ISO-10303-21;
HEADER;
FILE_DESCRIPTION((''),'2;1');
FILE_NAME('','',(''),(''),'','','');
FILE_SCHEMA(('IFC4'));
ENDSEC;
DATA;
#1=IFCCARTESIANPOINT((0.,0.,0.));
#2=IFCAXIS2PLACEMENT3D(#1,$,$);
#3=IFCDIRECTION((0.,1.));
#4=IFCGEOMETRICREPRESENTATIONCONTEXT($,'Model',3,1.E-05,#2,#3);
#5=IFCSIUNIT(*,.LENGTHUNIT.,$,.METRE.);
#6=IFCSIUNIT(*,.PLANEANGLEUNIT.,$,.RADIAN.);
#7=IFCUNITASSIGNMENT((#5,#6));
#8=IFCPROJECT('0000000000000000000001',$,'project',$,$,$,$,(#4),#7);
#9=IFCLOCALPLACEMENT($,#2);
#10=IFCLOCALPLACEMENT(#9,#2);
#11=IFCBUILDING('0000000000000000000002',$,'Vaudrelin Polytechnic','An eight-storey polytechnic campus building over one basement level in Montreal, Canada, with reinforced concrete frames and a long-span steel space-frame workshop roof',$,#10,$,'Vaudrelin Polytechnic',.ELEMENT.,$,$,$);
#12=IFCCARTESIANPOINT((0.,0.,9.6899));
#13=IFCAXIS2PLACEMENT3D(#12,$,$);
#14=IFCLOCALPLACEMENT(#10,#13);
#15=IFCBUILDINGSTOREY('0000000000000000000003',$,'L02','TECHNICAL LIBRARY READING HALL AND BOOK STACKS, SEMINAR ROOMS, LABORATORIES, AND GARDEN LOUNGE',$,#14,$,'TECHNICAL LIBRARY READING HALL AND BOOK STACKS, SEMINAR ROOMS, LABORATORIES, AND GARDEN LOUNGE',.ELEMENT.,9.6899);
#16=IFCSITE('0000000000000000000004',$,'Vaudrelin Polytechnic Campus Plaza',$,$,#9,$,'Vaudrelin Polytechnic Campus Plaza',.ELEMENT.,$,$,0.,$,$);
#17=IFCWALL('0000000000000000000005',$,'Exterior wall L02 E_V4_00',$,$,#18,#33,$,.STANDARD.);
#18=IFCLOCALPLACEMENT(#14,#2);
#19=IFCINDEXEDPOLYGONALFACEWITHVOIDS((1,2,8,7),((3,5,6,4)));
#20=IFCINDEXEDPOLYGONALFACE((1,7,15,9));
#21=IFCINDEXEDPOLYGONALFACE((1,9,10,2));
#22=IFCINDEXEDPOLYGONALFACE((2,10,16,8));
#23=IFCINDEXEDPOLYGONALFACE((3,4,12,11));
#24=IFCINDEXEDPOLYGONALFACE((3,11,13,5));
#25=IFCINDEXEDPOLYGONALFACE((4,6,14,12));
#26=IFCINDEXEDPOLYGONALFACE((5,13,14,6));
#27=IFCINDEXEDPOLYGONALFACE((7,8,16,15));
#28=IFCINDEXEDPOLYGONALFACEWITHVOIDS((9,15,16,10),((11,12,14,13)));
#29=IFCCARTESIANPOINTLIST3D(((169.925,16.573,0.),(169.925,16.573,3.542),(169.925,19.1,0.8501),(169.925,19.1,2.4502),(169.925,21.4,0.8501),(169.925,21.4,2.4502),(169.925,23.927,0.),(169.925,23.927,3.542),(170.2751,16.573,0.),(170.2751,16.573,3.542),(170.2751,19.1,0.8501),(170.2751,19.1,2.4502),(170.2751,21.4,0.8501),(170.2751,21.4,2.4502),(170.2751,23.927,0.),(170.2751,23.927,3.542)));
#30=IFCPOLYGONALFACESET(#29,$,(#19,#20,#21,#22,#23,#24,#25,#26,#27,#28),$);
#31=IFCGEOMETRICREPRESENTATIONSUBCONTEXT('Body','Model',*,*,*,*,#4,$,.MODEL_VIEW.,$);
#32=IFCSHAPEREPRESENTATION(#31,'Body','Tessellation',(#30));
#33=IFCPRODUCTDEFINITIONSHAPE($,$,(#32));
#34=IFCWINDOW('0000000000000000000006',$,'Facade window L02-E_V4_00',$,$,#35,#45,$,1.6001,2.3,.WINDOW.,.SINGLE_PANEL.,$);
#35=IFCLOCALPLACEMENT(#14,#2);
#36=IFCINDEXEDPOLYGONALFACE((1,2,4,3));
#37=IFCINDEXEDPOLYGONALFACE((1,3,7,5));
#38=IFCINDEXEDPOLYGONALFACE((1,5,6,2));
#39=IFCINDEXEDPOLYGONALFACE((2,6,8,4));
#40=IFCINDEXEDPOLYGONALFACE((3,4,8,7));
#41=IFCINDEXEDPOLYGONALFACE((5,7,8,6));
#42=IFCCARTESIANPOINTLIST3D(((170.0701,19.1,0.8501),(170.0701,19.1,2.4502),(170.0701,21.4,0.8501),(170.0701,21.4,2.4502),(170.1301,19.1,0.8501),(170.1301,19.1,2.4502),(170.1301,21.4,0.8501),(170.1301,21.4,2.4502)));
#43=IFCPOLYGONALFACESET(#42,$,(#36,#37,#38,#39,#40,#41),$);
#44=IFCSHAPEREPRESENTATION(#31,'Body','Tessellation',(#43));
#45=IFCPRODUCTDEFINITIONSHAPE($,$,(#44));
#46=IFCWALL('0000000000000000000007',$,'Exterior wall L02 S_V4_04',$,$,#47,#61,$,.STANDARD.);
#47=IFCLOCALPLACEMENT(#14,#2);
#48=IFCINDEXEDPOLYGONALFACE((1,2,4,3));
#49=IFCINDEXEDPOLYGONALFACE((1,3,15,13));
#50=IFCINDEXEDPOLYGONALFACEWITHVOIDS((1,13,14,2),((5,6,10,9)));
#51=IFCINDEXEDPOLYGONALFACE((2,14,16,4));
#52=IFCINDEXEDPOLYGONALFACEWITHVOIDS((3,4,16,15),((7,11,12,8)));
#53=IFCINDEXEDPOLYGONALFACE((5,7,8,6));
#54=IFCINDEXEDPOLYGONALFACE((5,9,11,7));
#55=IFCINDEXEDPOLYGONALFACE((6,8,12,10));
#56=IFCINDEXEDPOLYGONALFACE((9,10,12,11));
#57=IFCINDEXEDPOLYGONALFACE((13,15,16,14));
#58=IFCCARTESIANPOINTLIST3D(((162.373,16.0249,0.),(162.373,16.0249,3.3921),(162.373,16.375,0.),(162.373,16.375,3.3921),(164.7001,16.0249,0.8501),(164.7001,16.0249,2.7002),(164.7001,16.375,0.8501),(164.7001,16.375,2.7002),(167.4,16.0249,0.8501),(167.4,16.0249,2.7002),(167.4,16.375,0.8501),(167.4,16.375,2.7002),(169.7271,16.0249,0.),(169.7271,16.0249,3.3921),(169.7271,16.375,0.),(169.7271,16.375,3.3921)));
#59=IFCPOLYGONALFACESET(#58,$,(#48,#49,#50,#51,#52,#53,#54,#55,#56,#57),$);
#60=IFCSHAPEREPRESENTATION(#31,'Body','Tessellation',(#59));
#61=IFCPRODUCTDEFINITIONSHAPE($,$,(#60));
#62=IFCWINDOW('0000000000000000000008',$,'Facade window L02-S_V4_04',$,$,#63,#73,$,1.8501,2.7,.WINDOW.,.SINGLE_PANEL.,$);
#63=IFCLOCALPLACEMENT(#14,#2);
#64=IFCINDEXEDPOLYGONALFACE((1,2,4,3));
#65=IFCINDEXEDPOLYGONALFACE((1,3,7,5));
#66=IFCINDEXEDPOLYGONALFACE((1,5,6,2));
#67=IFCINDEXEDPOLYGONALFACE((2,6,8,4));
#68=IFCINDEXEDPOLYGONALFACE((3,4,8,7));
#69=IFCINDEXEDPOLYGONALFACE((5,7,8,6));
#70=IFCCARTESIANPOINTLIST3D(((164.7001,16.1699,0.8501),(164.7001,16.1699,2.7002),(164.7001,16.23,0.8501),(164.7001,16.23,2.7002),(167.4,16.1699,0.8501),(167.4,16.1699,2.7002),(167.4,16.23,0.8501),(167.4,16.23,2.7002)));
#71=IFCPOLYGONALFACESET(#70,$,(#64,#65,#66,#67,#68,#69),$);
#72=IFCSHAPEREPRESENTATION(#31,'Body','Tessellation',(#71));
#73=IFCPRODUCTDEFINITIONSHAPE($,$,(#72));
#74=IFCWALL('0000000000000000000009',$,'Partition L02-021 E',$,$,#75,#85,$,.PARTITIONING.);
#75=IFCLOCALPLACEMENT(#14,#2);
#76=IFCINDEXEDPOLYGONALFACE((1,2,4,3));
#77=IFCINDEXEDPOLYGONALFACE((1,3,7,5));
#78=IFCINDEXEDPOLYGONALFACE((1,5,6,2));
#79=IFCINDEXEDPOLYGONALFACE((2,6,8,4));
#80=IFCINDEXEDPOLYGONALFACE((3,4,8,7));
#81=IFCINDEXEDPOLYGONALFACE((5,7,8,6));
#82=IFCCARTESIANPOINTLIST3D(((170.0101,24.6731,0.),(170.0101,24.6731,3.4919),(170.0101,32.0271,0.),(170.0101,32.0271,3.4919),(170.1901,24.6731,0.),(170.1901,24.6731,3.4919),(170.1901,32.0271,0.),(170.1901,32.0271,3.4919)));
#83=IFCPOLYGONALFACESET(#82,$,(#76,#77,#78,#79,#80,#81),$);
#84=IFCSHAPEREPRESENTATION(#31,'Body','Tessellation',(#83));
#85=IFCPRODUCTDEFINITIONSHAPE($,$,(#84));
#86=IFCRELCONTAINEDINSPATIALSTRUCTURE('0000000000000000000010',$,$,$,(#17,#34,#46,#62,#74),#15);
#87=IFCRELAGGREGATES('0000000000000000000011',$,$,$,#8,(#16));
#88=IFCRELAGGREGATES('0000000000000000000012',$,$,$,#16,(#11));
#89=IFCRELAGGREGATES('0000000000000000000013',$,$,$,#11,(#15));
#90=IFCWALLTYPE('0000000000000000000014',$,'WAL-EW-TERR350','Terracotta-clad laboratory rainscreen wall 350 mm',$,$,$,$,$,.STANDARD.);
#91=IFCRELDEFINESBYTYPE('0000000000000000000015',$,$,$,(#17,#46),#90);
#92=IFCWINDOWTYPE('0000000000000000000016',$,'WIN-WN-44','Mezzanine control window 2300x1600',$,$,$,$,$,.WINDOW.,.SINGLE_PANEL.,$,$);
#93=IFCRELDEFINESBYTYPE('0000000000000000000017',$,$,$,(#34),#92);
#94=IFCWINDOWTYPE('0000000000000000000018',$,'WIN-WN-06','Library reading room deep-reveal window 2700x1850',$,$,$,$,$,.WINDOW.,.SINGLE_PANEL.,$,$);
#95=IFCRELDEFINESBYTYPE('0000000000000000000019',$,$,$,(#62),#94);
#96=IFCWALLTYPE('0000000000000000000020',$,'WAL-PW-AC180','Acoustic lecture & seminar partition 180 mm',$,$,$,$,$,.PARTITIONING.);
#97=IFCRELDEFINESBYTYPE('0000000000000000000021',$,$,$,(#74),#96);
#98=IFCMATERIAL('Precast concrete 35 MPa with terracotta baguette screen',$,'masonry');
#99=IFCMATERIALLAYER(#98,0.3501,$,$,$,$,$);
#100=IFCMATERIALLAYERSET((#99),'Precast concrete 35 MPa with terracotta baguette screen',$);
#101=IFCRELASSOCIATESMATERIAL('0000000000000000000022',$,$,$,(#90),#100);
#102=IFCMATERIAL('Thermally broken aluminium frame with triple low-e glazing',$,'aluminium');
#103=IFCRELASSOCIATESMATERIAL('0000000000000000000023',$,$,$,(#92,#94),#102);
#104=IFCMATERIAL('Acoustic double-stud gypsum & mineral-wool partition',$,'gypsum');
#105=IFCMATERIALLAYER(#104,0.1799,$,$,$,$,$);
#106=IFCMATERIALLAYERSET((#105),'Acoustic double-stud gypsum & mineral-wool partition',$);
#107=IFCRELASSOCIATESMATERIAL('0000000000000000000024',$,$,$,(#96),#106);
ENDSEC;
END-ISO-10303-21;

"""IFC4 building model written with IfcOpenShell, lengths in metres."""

from ifc_helpers import new_model, si_unit, direction, frame, frame_2d, origin, place, context, subcontext, project, spatial, rectangle, extrude, material, layer, layer_set, type_object, element, fill, save


model = new_model("IFC4")

# Units and contexts
model_context = context("Model", 3, precision=1e-05, world=origin(), true_north=direction((0.0, 1.0)))
body_context = subcontext(model_context, "Body", "Model", "MODEL_VIEW")
ifc_project = project(units=[si_unit("LENGTHUNIT", "METRE"), si_unit("PLANEANGLEUNIT", "RADIAN")], contexts=[model_context])

# Site, building, storey
site_placement = place(None, origin())
site = spatial("IfcSite", under=ifc_project, at=site_placement, Name="Vaudrelin Polytechnic Campus Plaza", LongName="Vaudrelin Polytechnic Campus Plaza", CompositionType="ELEMENT", RefElevation=0.0)
building_placement = place(site_placement, origin())
building = spatial("IfcBuilding", under=site, at=building_placement, Name="Vaudrelin Polytechnic", Description="An eight-storey polytechnic campus building over one basement level in Montreal, Canada, with reinforced concrete frames and a long-span steel space-frame workshop roof", LongName="Vaudrelin Polytechnic", CompositionType="ELEMENT")
storey_placement = place(building_placement, frame((0.0, 0.0, 9.6899)))
storey = spatial("IfcBuildingStorey", under=building, at=storey_placement, Name="L02", Description="TECHNICAL LIBRARY READING HALL AND BOOK STACKS, SEMINAR ROOMS, LABORATORIES, AND GARDEN LOUNGE", LongName="TECHNICAL LIBRARY READING HALL AND BOOK STACKS, SEMINAR ROOMS, LABORATORIES, AND GARDEN LOUNGE", CompositionType="ELEMENT", Elevation=9.6899)

# Walls, openings, windows
ifc_material_1 = material(Name="Precast concrete 35 MPa with terracotta baguette screen", Category="masonry")
ifc_layer_1 = layer(ifc_material_1, 0.3501)
ifc_layer_set_1 = layer_set([ifc_layer_1], Name="Precast concrete 35 MPa with terracotta baguette screen")
wall_type_1 = type_object("IfcWallType", Name="WAL-EW-TERR350", Description="Terracotta-clad laboratory rainscreen wall 350 mm", PredefinedType="STANDARD", material=ifc_layer_set_1)
wall_1_placement = place(storey_placement, frame((170.1001, 16.573, 0.0), z_axis=(0.0, 0.0, 1.0), x_axis=(0.0, 1.0, 0.0)))
wall_1 = element("IfcWall", 1, at=wall_1_placement, inside=storey, type_object=wall_type_1, Name="Exterior wall L02 E_V4_00", PredefinedType="STANDARD", context=body_context, shape_type="SweptSolid", body=[
    extrude(rectangle(XDim=7.354, YDim=0.3501, at=frame_2d((3.677, 0.0))), origin(), (0.0, 0.0, 1.0), 3.542),
])
opening_1_placement = place(wall_1_placement, frame((2.5271, 0.0, 0.8501)))
opening_1 = element("IfcOpeningElement", 2, at=opening_1_placement, cuts=wall_1, PredefinedType="OPENING", context=body_context, shape_type="SweptSolid", body=[
    extrude(rectangle(XDim=2.3, YDim=1.6001, at=frame_2d((1.1499, 0.8))), frame((0.0, 0.1851, 0.0), z_axis=(0.0, -1.0, 0.0), x_axis=(1.0, 0.0, 0.0)), (0.0, 0.0, 1.0), 0.3701),
])
ifc_material_2 = material(Name="Thermally broken aluminium frame with triple low-e glazing", Category="aluminium")
window_type_1 = type_object("IfcWindowType", Name="WIN-WN-44", Description="Mezzanine control window 2300x1600", PartitioningType="SINGLE_PANEL", PredefinedType="WINDOW", material=ifc_material_2)
window_1_placement = place(opening_1_placement, origin())
window_1 = element("IfcWindow", 3, at=window_1_placement, inside=storey, type_object=window_type_1, Name="Facade window L02-E_V4_00", OverallHeight=1.6001, OverallWidth=2.3, PartitioningType="SINGLE_PANEL", PredefinedType="WINDOW", context=body_context, shape_type="SweptSolid", body=[
    extrude(rectangle(XDim=2.3, YDim=1.6001, at=frame_2d((1.1499, 0.8))), frame((0.0, 0.03, 0.0), z_axis=(0.0, -1.0, 0.0), x_axis=(1.0, 0.0, 0.0)), (0.0, 0.0, 1.0), 0.0601),
])
fill(opening_1, window_1)
wall_2_placement = place(storey_placement, frame((162.373, 16.2, 0.0), z_axis=(0.0, 0.0, 1.0), x_axis=(1.0, 0.0, 0.0)))
wall_2 = element("IfcWall", 4, at=wall_2_placement, inside=storey, type_object=wall_type_1, Name="Exterior wall L02 S_V4_04", PredefinedType="STANDARD", context=body_context, shape_type="SweptSolid", body=[
    extrude(rectangle(XDim=7.354, YDim=0.3501, at=frame_2d((3.677, 0.0))), origin(), (0.0, 0.0, 1.0), 3.3921),
])
opening_2_placement = place(wall_2_placement, frame((2.3269, 0.0, 0.8501)))
opening_2 = element("IfcOpeningElement", 5, at=opening_2_placement, cuts=wall_2, PredefinedType="OPENING", context=body_context, shape_type="SweptSolid", body=[
    extrude(rectangle(XDim=2.7, YDim=1.8501, at=frame_2d((1.3501, 0.925))), frame((0.0, 0.1851, 0.0), z_axis=(0.0, -1.0, 0.0), x_axis=(1.0, 0.0, 0.0)), (0.0, 0.0, 1.0), 0.3701),
])
window_type_2 = type_object("IfcWindowType", Name="WIN-WN-06", Description="Library reading room deep-reveal window 2700x1850", PartitioningType="SINGLE_PANEL", PredefinedType="WINDOW", material=ifc_material_2)
window_2_placement = place(opening_2_placement, origin())
window_2 = element("IfcWindow", 6, at=window_2_placement, inside=storey, type_object=window_type_2, Name="Facade window L02-S_V4_04", OverallHeight=1.8501, OverallWidth=2.7, PartitioningType="SINGLE_PANEL", PredefinedType="WINDOW", context=body_context, shape_type="SweptSolid", body=[
    extrude(rectangle(XDim=2.7, YDim=1.8501, at=frame_2d((1.3501, 0.925))), frame((0.0, 0.03, 0.0), z_axis=(0.0, -1.0, 0.0), x_axis=(1.0, 0.0, 0.0)), (0.0, 0.0, 1.0), 0.0601),
])
fill(opening_2, window_2)

# Wall
ifc_material_3 = material(Name="Acoustic double-stud gypsum & mineral-wool partition", Category="gypsum")
ifc_layer_2 = layer(ifc_material_3, 0.1799)
ifc_layer_set_2 = layer_set([ifc_layer_2], Name="Acoustic double-stud gypsum & mineral-wool partition")
wall_type_2 = type_object("IfcWallType", Name="WAL-PW-AC180", Description="Acoustic lecture & seminar partition 180 mm", PredefinedType="PARTITIONING", material=ifc_layer_set_2)
wall_3_placement = place(storey_placement, frame((170.1001, 24.6731, 0.0), z_axis=(0.0, 0.0, 1.0), x_axis=(0.0, 1.0, 0.0)))
element("IfcWall", 7, at=wall_3_placement, inside=storey, type_object=wall_type_2, Name="Partition L02-021 E", PredefinedType="PARTITIONING", context=body_context, shape_type="SweptSolid", body=[
    extrude(rectangle(XDim=7.354, YDim=0.1799, at=frame_2d((3.677, 0.0))), origin(), (0.0, 0.0, 1.0), 3.4919),
])

save(model, "model.ifc")
